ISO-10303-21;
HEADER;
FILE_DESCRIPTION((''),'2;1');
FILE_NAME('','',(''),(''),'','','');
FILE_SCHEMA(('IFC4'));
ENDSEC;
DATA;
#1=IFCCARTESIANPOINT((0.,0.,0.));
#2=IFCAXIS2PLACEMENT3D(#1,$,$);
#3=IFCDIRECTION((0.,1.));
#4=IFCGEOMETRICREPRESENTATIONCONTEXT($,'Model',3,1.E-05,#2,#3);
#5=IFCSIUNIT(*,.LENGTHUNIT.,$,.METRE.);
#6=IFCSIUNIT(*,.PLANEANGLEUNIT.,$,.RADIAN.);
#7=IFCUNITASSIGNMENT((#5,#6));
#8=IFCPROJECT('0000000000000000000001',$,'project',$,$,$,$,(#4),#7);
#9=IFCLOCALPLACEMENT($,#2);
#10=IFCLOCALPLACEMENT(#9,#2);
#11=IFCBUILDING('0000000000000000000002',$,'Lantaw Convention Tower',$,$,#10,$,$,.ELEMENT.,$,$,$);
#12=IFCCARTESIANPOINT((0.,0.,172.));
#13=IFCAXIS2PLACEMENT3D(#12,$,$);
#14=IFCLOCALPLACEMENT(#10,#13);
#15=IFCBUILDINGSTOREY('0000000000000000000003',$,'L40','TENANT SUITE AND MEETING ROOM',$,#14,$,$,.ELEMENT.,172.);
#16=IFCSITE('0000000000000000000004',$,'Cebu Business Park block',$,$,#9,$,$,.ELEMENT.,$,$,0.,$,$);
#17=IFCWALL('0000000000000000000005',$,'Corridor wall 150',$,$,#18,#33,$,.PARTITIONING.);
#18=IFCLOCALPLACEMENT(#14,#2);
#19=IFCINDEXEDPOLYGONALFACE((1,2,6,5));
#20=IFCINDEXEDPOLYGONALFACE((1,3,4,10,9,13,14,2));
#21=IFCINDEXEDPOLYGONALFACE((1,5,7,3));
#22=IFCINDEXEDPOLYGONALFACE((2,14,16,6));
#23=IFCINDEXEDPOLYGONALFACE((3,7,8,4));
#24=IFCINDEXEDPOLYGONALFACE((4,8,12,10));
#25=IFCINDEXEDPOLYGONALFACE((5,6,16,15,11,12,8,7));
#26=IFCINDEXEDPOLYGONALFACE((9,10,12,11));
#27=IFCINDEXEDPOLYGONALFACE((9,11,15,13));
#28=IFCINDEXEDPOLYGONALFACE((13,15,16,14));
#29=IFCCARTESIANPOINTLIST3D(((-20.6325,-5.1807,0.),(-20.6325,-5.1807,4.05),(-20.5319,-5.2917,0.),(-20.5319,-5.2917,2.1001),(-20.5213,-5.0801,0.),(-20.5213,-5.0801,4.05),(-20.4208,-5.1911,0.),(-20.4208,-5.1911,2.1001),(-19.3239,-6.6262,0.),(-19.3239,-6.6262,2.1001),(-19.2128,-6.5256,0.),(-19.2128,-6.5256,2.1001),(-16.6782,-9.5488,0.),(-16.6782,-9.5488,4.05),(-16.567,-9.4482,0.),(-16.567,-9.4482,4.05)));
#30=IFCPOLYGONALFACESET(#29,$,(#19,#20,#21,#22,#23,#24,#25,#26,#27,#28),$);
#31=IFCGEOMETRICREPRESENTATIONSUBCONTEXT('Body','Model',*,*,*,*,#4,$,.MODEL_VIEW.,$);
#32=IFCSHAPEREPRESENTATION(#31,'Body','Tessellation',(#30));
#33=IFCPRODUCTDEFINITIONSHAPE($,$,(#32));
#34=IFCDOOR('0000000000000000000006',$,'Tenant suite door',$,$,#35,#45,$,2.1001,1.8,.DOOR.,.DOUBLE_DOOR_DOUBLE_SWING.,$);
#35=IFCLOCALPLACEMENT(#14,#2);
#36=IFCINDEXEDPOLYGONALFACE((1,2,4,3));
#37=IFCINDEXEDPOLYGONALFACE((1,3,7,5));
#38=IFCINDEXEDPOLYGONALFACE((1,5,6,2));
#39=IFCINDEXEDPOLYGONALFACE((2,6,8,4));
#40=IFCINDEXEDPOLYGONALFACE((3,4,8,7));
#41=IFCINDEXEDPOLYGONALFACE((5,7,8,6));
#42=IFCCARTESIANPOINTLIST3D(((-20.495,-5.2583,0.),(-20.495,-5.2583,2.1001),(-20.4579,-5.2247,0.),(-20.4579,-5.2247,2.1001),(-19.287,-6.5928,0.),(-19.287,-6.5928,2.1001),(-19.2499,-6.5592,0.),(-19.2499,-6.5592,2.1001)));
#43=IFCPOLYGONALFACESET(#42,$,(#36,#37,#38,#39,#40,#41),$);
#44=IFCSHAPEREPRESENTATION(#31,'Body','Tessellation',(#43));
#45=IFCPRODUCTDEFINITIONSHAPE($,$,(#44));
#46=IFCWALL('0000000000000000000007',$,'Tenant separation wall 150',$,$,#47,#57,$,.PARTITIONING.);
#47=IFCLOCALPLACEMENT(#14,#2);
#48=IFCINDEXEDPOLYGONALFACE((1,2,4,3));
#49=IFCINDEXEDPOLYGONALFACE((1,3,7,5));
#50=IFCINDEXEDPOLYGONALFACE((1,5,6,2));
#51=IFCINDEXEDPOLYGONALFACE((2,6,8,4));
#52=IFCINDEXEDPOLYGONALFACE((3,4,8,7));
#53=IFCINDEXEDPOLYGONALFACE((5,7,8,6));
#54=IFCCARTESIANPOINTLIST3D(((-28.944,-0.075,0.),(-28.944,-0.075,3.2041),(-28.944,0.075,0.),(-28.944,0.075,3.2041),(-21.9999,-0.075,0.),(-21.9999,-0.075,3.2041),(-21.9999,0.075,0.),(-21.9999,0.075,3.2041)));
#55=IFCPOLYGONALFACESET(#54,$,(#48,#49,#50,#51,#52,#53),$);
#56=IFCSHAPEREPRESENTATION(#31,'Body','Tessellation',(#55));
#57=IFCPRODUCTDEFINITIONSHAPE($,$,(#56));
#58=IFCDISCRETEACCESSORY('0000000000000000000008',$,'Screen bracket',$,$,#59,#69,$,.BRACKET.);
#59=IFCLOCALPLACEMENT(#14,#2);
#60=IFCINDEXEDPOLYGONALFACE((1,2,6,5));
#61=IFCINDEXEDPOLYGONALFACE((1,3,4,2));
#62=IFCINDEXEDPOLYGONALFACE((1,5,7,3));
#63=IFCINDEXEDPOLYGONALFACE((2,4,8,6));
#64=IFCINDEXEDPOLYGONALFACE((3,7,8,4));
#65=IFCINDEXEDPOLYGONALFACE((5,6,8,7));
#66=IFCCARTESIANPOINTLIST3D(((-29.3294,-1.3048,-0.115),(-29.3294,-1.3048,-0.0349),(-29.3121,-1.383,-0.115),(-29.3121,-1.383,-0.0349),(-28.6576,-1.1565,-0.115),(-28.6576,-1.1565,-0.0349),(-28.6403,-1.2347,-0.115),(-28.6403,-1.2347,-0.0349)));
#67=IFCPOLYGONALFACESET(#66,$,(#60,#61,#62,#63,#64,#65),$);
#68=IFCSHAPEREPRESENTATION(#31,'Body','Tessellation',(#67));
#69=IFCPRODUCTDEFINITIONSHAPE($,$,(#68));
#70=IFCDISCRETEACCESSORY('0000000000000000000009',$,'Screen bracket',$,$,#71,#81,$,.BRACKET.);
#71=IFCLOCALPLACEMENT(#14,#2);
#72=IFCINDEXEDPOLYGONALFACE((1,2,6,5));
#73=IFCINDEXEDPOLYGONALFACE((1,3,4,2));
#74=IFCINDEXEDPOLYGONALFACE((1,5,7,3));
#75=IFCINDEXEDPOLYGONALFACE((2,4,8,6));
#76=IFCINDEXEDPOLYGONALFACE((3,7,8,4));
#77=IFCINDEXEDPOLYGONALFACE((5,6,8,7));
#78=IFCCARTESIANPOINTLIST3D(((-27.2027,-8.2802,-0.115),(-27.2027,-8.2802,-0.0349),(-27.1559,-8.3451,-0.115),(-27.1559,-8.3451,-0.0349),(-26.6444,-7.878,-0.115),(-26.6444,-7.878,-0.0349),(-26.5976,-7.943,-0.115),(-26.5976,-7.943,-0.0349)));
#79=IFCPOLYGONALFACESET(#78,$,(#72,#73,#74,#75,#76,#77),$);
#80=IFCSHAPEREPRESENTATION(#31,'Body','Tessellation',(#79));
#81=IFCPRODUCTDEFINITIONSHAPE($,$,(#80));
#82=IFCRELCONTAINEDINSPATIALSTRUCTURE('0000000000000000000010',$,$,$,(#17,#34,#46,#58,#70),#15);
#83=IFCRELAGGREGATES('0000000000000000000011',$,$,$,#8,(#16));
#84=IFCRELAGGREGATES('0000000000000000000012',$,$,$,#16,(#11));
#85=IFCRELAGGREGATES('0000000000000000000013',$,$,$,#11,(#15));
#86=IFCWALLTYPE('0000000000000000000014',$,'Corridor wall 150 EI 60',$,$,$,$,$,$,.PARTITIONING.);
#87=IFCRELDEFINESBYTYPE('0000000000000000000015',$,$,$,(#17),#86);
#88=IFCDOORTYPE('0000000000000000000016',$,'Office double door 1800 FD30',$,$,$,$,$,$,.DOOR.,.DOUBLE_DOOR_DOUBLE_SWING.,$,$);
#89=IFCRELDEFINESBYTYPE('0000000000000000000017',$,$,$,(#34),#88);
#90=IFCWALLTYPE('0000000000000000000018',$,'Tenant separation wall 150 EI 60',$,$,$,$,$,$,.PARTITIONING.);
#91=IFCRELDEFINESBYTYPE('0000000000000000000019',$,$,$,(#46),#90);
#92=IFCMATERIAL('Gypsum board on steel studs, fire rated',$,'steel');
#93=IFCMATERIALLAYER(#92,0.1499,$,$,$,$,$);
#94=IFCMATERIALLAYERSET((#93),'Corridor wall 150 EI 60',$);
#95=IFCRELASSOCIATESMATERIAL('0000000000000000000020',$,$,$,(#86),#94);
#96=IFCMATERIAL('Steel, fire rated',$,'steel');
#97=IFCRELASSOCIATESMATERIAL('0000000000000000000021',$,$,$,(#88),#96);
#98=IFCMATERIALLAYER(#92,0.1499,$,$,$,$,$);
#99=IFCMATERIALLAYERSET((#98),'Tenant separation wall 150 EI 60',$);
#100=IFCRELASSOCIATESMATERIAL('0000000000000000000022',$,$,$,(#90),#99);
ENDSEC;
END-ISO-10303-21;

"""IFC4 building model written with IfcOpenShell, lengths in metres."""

from ifc_helpers import new_model, si_unit, direction, frame, frame_2d, origin, origin_2d, place, context, subcontext, project, spatial, rectangle, extrude, material, layer, layer_set, type_object, element, fill, save


model = new_model("IFC4")

# Units and contexts
model_context = context("Model", 3, precision=1e-05, world=origin(), true_north=direction((0.0, 1.0)))
body_context = subcontext(model_context, "Body", "Model", "MODEL_VIEW")
ifc_project = project(units=[si_unit("LENGTHUNIT", "METRE"), si_unit("PLANEANGLEUNIT", "RADIAN")], contexts=[model_context])

# Site, building, storey
site_placement = place(None, origin())
site = spatial("IfcSite", under=ifc_project, at=site_placement, Name="Cebu Business Park block", CompositionType="ELEMENT", RefElevation=0.0)
building_placement = place(site_placement, origin())
building = spatial("IfcBuilding", under=site, at=building_placement, Name="Lantaw Convention Tower", CompositionType="ELEMENT")
storey_placement = place(building_placement, frame((0.0, 0.0, 172.0)))
storey = spatial("IfcBuildingStorey", under=building, at=storey_placement, Name="L40", Description="TENANT SUITE AND MEETING ROOM", CompositionType="ELEMENT", Elevation=172.0)

# Shared definitions
ifc_material_1 = material(Name="Gypsum board on steel studs, fire rated", Category="steel")
ifc_layer_1 = layer(ifc_material_1, 0.1499)
ifc_layer_set_1 = layer_set([ifc_layer_1], Name="Corridor wall 150 EI 60")
wall_type_1 = type_object("IfcWallType", Name="Corridor wall 150 EI 60", PredefinedType="PARTITIONING", material=ifc_layer_set_1)

# Wall, opening, door
wall_1_placement = place(storey_placement, frame((-20.5769, -5.1304, 0.0), z_axis=(0.0, 0.0, 1.0), x_axis=(0.671118, -0.74135, 0.0)))
wall_1 = element("IfcWall", 1, at=wall_1_placement, inside=storey, type_object=wall_type_1, Name="Corridor wall 150", PredefinedType="PARTITIONING", context=body_context, shape_type="SweptSolid", body=[
    extrude(rectangle(XDim=5.8921, YDim=0.1499, at=frame_2d((2.946, 0.0))), origin(), (0.0, 0.0, 1.0), 4.05),
])
opening_placement = place(wall_1_placement, frame((0.1499, 0.0, 0.0)))
opening = element("IfcOpeningElement", 2, at=opening_placement, cuts=wall_1, PredefinedType="OPENING", context=body_context, shape_type="SweptSolid", body=[
    extrude(rectangle(XDim=1.8, YDim=2.1001, at=frame_2d((0.8999, 1.05))), frame((0.0, 0.085, 0.0), z_axis=(0.0, -1.0, 0.0), x_axis=(1.0, 0.0, 0.0)), (0.0, 0.0, 1.0), 0.1699),
])
ifc_material_2 = material(Name="Steel, fire rated", Category="steel")
door_type = type_object("IfcDoorType", Name="Office double door 1800 FD30", OperationType="DOUBLE_DOOR_DOUBLE_SWING", PredefinedType="DOOR", material=ifc_material_2)
door_placement = place(opening_placement, origin())
door = element("IfcDoor", 3, at=door_placement, inside=storey, type_object=door_type, Name="Tenant suite door", OperationType="DOUBLE_DOOR_DOUBLE_SWING", OverallHeight=2.1001, OverallWidth=1.8, PredefinedType="DOOR", context=body_context, shape_type="SweptSolid", body=[
    extrude(rectangle(XDim=1.8, YDim=2.1001, at=frame_2d((0.8999, 1.05))), frame((0.0, 0.0249, 0.0), z_axis=(0.0, -1.0, 0.0), x_axis=(1.0, 0.0, 0.0)), (0.0, 0.0, 1.0), 0.05),
])
fill(opening, door)

# Wall
ifc_layer_2 = layer(ifc_material_1, 0.1499)
ifc_layer_set_2 = layer_set([ifc_layer_2], Name="Tenant separation wall 150 EI 60")
wall_type_2 = type_object("IfcWallType", Name="Tenant separation wall 150 EI 60", PredefinedType="PARTITIONING", material=ifc_layer_set_2)
wall_2_placement = place(storey_placement, frame((-28.9441, 0.0, 0.0), z_axis=(0.0, 0.0, 1.0), x_axis=(1.0, 0.0, 0.0)))
element("IfcWall", 4, at=wall_2_placement, inside=storey, type_object=wall_type_2, Name="Tenant separation wall 150", PredefinedType="PARTITIONING", context=body_context, shape_type="SweptSolid", body=[
    extrude(rectangle(XDim=6.9441, YDim=0.1499, at=frame_2d((3.4722, 0.0))), origin(), (0.0, 0.0, 1.0), 3.2041),
])

# Discrete accessories
for number, where, z_axis, x_axis, name in (
    (5, (-28.9849, -1.2698, -0.115), (0.0, 0.0, 1.0), (0.215546, -0.976494, 0.0), "Screen bracket"),
    (6, (-26.9001, -8.1116, -0.115), (0.0, 0.0, 1.0), (0.584513, -0.811385, 0.0), "Screen bracket"),
):
    element("IfcDiscreteAccessory", number, at=place(storey_placement, frame(where, z_axis=z_axis, x_axis=x_axis)), inside=storey, Name=name, PredefinedType="BRACKET", context=body_context, shape_type="SweptSolid", body=[
        extrude(rectangle(XDim=0.0801, YDim=0.688, at=origin_2d()), origin(), (0.0, 0.0, 1.0), 0.0801),
    ])

save(model, "model.ifc")
